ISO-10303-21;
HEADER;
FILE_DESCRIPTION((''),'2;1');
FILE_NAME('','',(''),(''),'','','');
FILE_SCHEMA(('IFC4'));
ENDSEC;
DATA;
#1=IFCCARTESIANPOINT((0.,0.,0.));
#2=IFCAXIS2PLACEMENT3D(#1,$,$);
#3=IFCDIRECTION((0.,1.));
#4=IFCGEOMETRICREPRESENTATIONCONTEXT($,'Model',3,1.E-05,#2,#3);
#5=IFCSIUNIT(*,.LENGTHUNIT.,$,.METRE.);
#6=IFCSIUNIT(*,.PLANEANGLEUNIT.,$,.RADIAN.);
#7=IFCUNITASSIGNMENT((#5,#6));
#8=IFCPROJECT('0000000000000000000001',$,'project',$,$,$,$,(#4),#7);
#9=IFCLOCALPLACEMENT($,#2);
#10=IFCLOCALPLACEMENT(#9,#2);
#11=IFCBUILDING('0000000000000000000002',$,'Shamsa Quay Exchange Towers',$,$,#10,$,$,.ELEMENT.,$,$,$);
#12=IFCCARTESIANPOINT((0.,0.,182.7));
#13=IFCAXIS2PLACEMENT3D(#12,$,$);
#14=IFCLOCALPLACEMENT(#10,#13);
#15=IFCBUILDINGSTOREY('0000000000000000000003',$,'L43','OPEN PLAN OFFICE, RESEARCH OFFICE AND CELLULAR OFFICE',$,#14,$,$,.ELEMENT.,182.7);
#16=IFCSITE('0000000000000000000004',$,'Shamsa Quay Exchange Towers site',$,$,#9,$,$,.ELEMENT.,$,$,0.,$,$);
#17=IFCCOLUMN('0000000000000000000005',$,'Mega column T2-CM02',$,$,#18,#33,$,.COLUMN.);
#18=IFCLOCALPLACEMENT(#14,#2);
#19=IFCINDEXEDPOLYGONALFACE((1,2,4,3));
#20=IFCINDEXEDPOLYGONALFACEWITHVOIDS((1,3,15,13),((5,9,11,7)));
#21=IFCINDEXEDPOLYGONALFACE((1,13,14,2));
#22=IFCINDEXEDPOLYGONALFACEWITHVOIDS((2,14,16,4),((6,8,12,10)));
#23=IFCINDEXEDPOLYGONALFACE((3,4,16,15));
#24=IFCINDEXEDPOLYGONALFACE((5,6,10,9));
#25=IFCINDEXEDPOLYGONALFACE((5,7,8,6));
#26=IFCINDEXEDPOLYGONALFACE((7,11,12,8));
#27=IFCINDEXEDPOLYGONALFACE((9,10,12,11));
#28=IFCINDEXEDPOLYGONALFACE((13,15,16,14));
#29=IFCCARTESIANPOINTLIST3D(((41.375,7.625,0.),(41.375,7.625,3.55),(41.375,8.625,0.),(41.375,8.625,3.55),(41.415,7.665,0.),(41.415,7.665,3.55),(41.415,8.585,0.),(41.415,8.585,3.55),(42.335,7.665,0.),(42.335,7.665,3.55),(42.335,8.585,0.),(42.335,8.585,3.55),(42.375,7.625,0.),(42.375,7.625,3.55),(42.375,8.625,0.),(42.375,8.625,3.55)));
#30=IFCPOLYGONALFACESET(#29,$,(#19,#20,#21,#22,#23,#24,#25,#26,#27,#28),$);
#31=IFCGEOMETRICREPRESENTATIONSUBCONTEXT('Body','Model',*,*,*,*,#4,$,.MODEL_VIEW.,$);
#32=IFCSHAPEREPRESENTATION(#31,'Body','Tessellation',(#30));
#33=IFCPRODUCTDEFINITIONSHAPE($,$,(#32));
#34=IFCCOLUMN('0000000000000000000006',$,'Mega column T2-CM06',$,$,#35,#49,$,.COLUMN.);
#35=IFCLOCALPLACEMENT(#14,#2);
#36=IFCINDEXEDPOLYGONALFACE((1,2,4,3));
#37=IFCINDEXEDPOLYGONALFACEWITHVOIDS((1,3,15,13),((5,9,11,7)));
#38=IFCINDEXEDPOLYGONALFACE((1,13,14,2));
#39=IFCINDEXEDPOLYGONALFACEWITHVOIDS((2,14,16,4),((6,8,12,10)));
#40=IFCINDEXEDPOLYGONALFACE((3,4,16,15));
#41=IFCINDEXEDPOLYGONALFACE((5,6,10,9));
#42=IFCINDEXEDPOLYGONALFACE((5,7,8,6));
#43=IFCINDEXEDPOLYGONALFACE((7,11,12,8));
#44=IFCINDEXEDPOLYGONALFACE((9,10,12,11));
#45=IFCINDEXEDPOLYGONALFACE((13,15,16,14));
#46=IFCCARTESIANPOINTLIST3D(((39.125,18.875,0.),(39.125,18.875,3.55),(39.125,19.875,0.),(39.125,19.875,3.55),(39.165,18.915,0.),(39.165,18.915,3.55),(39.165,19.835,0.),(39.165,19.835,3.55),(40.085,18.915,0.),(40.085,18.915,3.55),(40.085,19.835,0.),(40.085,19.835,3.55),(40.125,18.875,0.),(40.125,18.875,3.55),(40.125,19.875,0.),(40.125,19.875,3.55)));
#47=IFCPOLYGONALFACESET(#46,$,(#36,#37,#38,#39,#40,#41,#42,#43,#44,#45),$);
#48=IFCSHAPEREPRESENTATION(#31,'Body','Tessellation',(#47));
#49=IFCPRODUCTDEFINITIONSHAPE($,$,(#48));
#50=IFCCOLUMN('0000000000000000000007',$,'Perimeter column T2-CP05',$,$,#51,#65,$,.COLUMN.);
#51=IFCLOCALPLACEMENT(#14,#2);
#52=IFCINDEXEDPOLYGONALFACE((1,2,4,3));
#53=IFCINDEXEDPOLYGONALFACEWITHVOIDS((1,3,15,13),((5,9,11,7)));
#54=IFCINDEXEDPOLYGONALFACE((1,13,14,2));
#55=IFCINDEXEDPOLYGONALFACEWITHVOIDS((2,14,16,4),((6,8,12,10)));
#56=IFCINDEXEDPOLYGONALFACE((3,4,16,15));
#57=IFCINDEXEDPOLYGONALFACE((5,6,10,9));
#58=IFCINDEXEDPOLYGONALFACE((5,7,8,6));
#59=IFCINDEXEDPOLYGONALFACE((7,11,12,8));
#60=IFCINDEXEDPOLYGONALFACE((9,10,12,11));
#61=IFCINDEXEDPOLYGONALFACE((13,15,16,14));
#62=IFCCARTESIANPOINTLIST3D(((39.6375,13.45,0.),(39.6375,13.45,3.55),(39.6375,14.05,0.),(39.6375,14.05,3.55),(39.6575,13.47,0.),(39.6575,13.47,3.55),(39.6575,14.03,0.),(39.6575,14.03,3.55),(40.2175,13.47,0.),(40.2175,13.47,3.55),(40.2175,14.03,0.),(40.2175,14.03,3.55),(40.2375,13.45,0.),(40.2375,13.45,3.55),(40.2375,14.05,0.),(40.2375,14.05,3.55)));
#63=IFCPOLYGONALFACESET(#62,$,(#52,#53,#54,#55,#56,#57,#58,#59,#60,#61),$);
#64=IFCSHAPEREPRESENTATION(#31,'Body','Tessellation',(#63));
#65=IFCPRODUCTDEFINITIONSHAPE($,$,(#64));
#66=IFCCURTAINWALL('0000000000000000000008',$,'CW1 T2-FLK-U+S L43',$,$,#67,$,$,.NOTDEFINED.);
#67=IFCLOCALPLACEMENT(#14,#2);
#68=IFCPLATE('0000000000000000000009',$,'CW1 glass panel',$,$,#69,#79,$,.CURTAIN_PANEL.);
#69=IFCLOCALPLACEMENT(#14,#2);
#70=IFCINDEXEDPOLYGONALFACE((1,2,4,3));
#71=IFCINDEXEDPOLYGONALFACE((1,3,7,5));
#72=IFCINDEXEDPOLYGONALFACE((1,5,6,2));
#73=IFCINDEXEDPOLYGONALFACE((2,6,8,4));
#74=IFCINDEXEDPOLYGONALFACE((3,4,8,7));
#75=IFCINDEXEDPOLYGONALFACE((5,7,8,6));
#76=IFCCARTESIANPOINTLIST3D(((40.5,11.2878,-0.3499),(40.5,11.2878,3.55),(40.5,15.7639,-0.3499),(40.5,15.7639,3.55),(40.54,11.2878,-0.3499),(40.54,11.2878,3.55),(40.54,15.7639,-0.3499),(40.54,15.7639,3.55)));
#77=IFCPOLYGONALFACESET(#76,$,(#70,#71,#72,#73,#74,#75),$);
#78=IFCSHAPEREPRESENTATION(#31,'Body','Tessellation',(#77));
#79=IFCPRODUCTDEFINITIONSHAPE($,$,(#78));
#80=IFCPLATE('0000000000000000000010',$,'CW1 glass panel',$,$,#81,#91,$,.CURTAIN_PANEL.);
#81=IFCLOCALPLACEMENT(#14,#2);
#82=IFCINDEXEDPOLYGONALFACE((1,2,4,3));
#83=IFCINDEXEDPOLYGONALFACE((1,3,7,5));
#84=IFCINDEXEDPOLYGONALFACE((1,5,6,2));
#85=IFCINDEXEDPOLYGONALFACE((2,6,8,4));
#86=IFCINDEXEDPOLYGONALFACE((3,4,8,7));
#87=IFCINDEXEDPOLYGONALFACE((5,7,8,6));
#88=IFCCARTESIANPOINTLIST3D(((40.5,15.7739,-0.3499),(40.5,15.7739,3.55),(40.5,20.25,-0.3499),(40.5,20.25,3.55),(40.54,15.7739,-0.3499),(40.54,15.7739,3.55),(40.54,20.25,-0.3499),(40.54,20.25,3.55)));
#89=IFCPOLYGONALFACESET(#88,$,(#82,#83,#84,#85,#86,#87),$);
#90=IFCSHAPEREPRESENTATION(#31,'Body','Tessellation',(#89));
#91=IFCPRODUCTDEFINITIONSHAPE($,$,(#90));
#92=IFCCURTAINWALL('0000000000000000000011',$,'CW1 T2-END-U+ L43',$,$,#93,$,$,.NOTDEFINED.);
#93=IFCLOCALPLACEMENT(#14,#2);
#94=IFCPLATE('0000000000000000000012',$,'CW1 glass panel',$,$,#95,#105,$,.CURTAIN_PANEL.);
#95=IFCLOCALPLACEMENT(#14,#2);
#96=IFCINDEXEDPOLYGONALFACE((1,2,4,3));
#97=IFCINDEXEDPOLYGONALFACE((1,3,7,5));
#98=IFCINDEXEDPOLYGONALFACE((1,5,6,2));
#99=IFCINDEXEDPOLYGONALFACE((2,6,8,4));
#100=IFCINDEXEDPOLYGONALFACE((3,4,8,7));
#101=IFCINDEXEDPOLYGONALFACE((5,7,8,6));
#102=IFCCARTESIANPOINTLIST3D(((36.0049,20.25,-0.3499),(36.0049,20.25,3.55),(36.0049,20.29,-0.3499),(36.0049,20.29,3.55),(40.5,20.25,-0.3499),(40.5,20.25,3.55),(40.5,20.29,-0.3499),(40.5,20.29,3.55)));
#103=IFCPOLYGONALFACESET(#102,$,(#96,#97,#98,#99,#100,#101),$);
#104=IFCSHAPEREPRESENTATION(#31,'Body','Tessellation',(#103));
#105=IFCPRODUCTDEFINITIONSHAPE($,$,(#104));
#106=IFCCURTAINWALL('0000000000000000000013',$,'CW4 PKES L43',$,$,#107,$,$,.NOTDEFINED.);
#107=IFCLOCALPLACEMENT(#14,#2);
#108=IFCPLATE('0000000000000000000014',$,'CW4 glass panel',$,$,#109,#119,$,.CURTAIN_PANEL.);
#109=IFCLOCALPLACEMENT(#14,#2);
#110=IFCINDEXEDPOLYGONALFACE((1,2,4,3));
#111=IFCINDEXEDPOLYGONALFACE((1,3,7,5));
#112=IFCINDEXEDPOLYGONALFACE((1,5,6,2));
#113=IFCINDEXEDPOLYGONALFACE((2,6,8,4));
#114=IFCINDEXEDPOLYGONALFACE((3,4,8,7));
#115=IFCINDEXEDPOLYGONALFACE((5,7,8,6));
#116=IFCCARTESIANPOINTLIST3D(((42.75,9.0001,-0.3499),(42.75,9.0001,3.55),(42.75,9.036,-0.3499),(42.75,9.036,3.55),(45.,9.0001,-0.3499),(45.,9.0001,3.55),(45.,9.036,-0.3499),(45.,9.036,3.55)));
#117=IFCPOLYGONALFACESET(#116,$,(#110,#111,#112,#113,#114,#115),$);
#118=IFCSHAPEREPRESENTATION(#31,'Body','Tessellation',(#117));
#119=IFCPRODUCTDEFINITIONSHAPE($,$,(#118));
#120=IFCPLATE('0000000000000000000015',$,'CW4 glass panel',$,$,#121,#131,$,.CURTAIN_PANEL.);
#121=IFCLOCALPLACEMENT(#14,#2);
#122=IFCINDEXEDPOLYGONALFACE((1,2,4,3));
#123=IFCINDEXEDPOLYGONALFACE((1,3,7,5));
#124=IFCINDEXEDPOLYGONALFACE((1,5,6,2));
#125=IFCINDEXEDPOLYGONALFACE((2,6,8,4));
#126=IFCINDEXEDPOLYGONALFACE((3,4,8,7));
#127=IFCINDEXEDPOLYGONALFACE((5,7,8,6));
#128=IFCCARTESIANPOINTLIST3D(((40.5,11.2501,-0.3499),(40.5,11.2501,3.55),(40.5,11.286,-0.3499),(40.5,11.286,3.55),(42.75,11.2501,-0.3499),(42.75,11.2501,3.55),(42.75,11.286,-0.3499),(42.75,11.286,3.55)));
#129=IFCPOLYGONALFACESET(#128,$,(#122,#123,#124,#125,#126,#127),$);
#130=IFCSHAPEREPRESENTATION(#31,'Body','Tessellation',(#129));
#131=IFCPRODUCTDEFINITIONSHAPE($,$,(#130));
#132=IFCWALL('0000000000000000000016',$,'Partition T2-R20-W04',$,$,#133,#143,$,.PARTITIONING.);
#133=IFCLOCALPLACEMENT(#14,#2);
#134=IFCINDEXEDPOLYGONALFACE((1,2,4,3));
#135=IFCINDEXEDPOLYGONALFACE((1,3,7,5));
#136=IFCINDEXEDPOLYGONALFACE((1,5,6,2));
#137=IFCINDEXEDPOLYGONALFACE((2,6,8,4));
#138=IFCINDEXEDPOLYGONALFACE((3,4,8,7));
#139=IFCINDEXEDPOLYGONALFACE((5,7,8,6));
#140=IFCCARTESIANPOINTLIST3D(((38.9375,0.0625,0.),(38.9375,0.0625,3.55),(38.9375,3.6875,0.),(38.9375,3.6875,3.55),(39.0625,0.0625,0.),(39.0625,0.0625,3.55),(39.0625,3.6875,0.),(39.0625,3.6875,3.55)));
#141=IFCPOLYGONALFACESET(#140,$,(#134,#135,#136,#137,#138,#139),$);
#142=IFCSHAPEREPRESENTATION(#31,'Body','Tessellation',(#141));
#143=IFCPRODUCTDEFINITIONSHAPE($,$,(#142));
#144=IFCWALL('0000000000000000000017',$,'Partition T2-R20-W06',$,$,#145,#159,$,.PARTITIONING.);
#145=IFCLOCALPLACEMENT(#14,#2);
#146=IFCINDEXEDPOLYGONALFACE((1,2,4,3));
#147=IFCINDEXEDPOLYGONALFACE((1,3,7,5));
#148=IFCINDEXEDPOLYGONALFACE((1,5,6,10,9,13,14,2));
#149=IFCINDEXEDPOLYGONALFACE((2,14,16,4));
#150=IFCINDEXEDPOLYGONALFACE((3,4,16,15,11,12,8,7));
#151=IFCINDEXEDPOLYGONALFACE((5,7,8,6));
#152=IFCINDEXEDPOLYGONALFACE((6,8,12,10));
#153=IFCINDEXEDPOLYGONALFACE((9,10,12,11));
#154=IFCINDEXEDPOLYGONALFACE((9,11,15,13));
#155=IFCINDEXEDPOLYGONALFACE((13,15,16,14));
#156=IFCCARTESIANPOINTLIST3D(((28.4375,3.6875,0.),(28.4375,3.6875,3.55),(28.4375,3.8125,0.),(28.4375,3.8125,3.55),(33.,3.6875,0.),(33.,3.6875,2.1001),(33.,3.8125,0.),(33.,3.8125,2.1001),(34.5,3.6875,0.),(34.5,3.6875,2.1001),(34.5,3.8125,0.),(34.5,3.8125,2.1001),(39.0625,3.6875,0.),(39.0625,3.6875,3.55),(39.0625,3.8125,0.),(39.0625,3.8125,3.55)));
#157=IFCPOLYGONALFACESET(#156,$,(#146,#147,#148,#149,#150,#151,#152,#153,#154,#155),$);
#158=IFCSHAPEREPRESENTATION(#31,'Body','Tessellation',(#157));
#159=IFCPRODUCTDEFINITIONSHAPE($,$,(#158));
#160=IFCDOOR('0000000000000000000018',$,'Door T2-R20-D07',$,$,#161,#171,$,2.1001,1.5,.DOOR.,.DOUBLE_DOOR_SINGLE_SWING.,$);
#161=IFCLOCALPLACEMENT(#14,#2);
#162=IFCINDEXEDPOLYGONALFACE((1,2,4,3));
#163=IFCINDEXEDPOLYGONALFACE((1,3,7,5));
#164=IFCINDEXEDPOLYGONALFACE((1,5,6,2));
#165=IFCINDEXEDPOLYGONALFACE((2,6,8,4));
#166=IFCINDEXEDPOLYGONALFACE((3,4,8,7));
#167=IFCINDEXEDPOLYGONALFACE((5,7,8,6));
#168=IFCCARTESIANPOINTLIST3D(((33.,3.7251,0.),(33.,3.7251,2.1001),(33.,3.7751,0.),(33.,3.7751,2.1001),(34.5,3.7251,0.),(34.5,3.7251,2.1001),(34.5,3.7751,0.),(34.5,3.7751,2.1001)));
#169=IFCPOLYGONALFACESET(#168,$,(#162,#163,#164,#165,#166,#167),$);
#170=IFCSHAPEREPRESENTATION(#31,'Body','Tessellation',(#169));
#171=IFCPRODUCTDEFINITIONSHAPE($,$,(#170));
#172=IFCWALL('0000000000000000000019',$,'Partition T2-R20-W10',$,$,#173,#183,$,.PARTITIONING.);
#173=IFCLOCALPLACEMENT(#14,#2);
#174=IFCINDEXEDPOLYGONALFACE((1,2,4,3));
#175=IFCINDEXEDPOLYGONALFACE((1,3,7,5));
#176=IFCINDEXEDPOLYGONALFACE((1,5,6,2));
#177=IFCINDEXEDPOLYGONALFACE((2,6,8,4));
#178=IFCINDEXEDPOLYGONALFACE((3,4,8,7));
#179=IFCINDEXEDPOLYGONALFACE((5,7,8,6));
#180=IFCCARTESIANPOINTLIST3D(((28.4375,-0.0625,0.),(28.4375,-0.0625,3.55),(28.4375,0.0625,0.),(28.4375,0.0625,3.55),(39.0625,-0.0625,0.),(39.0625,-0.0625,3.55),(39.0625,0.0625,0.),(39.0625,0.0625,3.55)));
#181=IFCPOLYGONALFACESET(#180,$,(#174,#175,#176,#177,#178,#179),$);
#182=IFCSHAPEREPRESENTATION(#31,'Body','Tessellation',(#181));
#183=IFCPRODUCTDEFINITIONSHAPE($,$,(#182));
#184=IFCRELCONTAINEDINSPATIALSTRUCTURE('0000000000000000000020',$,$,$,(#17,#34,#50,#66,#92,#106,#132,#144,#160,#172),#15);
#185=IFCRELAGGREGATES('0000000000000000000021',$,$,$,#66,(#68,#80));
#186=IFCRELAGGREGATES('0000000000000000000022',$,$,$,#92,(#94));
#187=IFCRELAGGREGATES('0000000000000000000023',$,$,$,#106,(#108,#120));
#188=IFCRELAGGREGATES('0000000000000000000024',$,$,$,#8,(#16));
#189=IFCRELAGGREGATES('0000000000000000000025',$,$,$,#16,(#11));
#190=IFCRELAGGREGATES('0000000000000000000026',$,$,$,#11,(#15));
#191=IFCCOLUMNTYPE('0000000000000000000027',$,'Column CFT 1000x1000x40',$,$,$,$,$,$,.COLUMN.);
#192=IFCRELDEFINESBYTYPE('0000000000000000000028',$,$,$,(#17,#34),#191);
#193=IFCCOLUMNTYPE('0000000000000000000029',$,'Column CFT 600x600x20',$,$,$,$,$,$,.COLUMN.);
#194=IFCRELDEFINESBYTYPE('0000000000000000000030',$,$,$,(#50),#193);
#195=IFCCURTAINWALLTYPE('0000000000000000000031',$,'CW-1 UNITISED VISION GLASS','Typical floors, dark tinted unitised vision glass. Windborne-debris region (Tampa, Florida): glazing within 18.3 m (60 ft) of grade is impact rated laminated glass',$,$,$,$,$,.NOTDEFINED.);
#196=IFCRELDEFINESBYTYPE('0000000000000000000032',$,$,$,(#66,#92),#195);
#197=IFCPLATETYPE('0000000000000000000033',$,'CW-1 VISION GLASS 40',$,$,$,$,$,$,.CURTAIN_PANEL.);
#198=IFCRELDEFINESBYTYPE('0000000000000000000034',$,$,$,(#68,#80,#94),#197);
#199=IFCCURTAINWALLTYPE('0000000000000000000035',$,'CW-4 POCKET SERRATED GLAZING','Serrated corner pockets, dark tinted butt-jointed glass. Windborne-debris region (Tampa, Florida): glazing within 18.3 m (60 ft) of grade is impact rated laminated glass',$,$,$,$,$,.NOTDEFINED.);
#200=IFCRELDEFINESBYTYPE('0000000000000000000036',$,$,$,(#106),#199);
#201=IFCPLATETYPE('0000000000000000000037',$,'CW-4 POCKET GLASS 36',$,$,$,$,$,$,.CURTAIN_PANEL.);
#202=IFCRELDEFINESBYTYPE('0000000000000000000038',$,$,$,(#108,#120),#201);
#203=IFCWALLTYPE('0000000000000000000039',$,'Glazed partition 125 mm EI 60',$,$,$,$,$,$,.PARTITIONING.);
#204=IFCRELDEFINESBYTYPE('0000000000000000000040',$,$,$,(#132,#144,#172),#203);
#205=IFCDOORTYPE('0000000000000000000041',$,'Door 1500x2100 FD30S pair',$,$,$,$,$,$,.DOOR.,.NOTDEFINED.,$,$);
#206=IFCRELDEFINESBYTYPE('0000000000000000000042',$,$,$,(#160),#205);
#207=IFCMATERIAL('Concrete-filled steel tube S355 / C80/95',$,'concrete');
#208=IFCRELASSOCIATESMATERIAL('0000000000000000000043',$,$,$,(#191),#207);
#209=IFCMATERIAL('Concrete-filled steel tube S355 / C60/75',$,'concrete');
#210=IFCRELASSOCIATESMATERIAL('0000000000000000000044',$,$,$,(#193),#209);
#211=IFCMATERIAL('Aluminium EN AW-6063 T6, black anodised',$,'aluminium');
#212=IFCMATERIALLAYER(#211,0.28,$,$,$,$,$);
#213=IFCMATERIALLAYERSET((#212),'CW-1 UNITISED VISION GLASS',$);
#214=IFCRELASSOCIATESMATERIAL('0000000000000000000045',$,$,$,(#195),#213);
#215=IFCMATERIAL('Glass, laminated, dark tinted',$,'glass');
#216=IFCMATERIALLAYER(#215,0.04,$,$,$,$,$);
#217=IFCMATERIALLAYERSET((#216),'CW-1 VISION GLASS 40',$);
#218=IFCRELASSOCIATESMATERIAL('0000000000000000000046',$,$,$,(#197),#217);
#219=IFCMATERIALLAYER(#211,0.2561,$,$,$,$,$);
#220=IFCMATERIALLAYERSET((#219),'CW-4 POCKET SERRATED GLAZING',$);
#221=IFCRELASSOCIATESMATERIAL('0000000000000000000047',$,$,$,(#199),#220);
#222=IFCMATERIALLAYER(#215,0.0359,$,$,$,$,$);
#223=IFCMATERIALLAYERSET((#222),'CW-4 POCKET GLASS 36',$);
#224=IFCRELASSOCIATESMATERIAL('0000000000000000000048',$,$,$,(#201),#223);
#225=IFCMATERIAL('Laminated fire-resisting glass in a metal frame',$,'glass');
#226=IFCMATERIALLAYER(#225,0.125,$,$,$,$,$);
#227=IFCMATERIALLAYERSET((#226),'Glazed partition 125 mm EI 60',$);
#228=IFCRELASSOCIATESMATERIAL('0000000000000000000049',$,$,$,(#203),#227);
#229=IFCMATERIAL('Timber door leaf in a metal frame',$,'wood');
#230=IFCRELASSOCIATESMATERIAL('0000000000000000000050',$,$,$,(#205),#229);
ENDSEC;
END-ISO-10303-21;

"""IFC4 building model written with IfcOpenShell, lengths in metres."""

from ifc_helpers import new_model, si_unit, direction, frame, frame_2d, origin, origin_2d, place, context, subcontext, project, spatial, rectangle, hollow_rectangle, extrude, material, layer, layer_set, material_profile, profile_set, type_object, element, fill, aggregate, save


model = new_model("IFC4")

# Units and contexts
model_context = context("Model", 3, precision=1e-05, world=origin(), true_north=direction((0.0, 1.0)))
body_context = subcontext(model_context, "Body", "Model", "MODEL_VIEW")
ifc_project = project(units=[si_unit("LENGTHUNIT", "METRE"), si_unit("PLANEANGLEUNIT", "RADIAN")], contexts=[model_context])

# Site, building, storey
site_placement = place(None, origin())
site = spatial("IfcSite", under=ifc_project, at=site_placement, Name="Shamsa Quay Exchange Towers site", CompositionType="ELEMENT", RefElevation=0.0)
building_placement = place(site_placement, origin())
building = spatial("IfcBuilding", under=site, at=building_placement, Name="Shamsa Quay Exchange Towers", CompositionType="ELEMENT")
storey_placement = place(building_placement, frame((0.0, 0.0, 182.7)))
storey = spatial("IfcBuildingStorey", under=building, at=storey_placement, Name="L43", Description="OPEN PLAN OFFICE, RESEARCH OFFICE AND CELLULAR OFFICE", CompositionType="ELEMENT", Elevation=182.7)

# Columns
ifc_material_1 = material(Name="Concrete-filled steel tube S355 / C80/95", Category="concrete")
ifc_material_profile_1 = material_profile(ifc_material_1, hollow_rectangle(XDim=1.0, YDim=1.0, WallThickness=0.04, at=origin_2d()), Name="CFT 1000x1000x40")
ifc_profile_set_1 = profile_set([ifc_material_profile_1], Name="Concrete-filled steel tube S355 / C80/95")
column_type_1 = type_object("IfcColumnType", Name="Column CFT 1000x1000x40", PredefinedType="COLUMN", material=ifc_profile_set_1)
for number, where, name in (
    (1, (41.875, 8.125, 0.0), "Mega column T2-CM02"),
    (2, (39.625, 19.375, 0.0), "Mega column T2-CM06"),
):
    element("IfcColumn", number, at=place(storey_placement, frame(where)), inside=storey, type_object=column_type_1, Name=name, PredefinedType="COLUMN", context=body_context, shape_type="SweptSolid", body=[
        extrude(hollow_rectangle(XDim=1.0, YDim=1.0, WallThickness=0.04, at=origin_2d()), origin(), (0.0, 0.0, 1.0), 3.55),
    ])
ifc_material_2 = material(Name="Concrete-filled steel tube S355 / C60/75", Category="concrete")
ifc_material_profile_2 = material_profile(ifc_material_2, hollow_rectangle(XDim=0.6001, YDim=0.6001, WallThickness=0.02, at=origin_2d()), Name="CFT 600x600x20")
ifc_profile_set_2 = profile_set([ifc_material_profile_2], Name="Concrete-filled steel tube S355 / C60/75")
column_type_2 = type_object("IfcColumnType", Name="Column CFT 600x600x20", PredefinedType="COLUMN", material=ifc_profile_set_2)
column_placement = place(storey_placement, frame((39.9375, 13.75, 0.0)))
element("IfcColumn", 3, at=column_placement, inside=storey, type_object=column_type_2, Name="Perimeter column T2-CP05", PredefinedType="COLUMN", context=body_context, shape_type="SweptSolid", body=[
    extrude(hollow_rectangle(XDim=0.6001, YDim=0.6001, WallThickness=0.02, at=origin_2d()), origin(), (0.0, 0.0, 1.0), 3.55),
])

# Curtain wall, plates
ifc_material_3 = material(Name="Aluminium EN AW-6063 T6, black anodised", Category="aluminium")
ifc_layer_1 = layer(ifc_material_3, 0.28)
ifc_layer_set_1 = layer_set([ifc_layer_1], Name="CW-1 UNITISED VISION GLASS")
curtain_wall_type_1 = type_object("IfcCurtainWallType", Name="CW-1 UNITISED VISION GLASS", Description="Typical floors, dark tinted unitised vision glass. Windborne-debris region (Tampa, Florida): glazing within 18.3 m (60 ft) of grade is impact rated laminated glass", PredefinedType="NOTDEFINED", material=ifc_layer_set_1)
curtain_wall_1_placement = place(storey_placement, origin())
curtain_wall_1 = element("IfcCurtainWall", 4, at=curtain_wall_1_placement, inside=storey, type_object=curtain_wall_type_1, Name="CW1 T2-FLK-U+S L43", PredefinedType="NOTDEFINED")
ifc_material_4 = material(Name="Glass, laminated, dark tinted", Category="glass")
ifc_layer_2 = layer(ifc_material_4, 0.04)
ifc_layer_set_2 = layer_set([ifc_layer_2], Name="CW-1 VISION GLASS 40")
plate_type_1 = type_object("IfcPlateType", Name="CW-1 VISION GLASS 40", PredefinedType="CURTAIN_PANEL", material=ifc_layer_set_2)
plate_1_placement = place(storey_placement, frame((40.52, 13.5259, -0.3499), z_axis=(0.0, 0.0, 1.0), x_axis=(0.0, 1.0, 0.0)))
plate_1 = element("IfcPlate", 5, at=plate_1_placement, type_object=plate_type_1, Name="CW1 glass panel", PredefinedType="CURTAIN_PANEL", context=body_context, shape_type="SweptSolid", body=[
    extrude(rectangle(XDim=4.4761, YDim=0.04, at=origin_2d()), origin(), (0.0, 0.0, 1.0), 3.8999),
])
plate_2_placement = place(storey_placement, frame((40.52, 18.012, -0.3499), z_axis=(0.0, 0.0, 1.0), x_axis=(0.0, 1.0, 0.0)))
plate_2 = element("IfcPlate", 6, at=plate_2_placement, type_object=plate_type_1, Name="CW1 glass panel", PredefinedType="CURTAIN_PANEL", context=body_context, shape_type="SweptSolid", body=[
    extrude(rectangle(XDim=4.4761, YDim=0.04, at=origin_2d()), origin(), (0.0, 0.0, 1.0), 3.8999),
])
aggregate(curtain_wall_1, [plate_1, plate_2])

# Curtain wall, plate
curtain_wall_2_placement = place(storey_placement, origin())
curtain_wall_2 = element("IfcCurtainWall", 7, at=curtain_wall_2_placement, inside=storey, type_object=curtain_wall_type_1, Name="CW1 T2-END-U+ L43", PredefinedType="NOTDEFINED")
plate_3_placement = place(storey_placement, frame((38.2524, 20.27, -0.3499), z_axis=(0.0, 0.0, 1.0), x_axis=(-1.0, 0.0, 0.0)))
plate_3 = element("IfcPlate", 8, at=plate_3_placement, type_object=plate_type_1, Name="CW1 glass panel", PredefinedType="CURTAIN_PANEL", context=body_context, shape_type="SweptSolid", body=[
    extrude(rectangle(XDim=4.4951, YDim=0.04, at=origin_2d()), origin(), (0.0, 0.0, 1.0), 3.8999),
])
aggregate(curtain_wall_2, [plate_3])

# Curtain wall, plates
ifc_layer_3 = layer(ifc_material_3, 0.2561)
ifc_layer_set_3 = layer_set([ifc_layer_3], Name="CW-4 POCKET SERRATED GLAZING")
curtain_wall_type_2 = type_object("IfcCurtainWallType", Name="CW-4 POCKET SERRATED GLAZING", Description="Serrated corner pockets, dark tinted butt-jointed glass. Windborne-debris region (Tampa, Florida): glazing within 18.3 m (60 ft) of grade is impact rated laminated glass", PredefinedType="NOTDEFINED", material=ifc_layer_set_3)
curtain_wall_3_placement = place(storey_placement, origin())
curtain_wall_3 = element("IfcCurtainWall", 9, at=curtain_wall_3_placement, inside=storey, type_object=curtain_wall_type_2, Name="CW4 PKES L43", PredefinedType="NOTDEFINED")
ifc_layer_4 = layer(ifc_material_4, 0.0359)
ifc_layer_set_4 = layer_set([ifc_layer_4], Name="CW-4 POCKET GLASS 36")
plate_type_2 = type_object("IfcPlateType", Name="CW-4 POCKET GLASS 36", PredefinedType="CURTAIN_PANEL", material=ifc_layer_set_4)
plate_4_placement = place(storey_placement, frame((43.875, 9.0181, -0.3499), z_axis=(0.0, 0.0, 1.0), x_axis=(-1.0, 0.0, 0.0)))
plate_4 = element("IfcPlate", 10, at=plate_4_placement, type_object=plate_type_2, Name="CW4 glass panel", PredefinedType="CURTAIN_PANEL", context=body_context, shape_type="SweptSolid", body=[
    extrude(rectangle(XDim=2.25, YDim=0.0359, at=origin_2d()), origin(), (0.0, 0.0, 1.0), 3.8999),
])
plate_5_placement = place(storey_placement, frame((41.625, 11.2681, -0.3499), z_axis=(0.0, 0.0, 1.0), x_axis=(-1.0, 0.0, 0.0)))
plate_5 = element("IfcPlate", 11, at=plate_5_placement, type_object=plate_type_2, Name="CW4 glass panel", PredefinedType="CURTAIN_PANEL", context=body_context, shape_type="SweptSolid", body=[
    extrude(rectangle(XDim=2.25, YDim=0.0359, at=origin_2d()), origin(), (0.0, 0.0, 1.0), 3.8999),
])
aggregate(curtain_wall_3, [plate_4, plate_5])

# Wall
ifc_material_5 = material(Name="Laminated fire-resisting glass in a metal frame", Category="glass")
ifc_layer_5 = layer(ifc_material_5, 0.125)
ifc_layer_set_5 = layer_set([ifc_layer_5], Name="Glazed partition 125 mm EI 60")
wall_type_1 = type_object("IfcWallType", Name="Glazed partition 125 mm EI 60", PredefinedType="PARTITIONING", material=ifc_layer_set_5)
wall_1_placement = place(storey_placement, frame((39.0, 0.0625, 0.0), z_axis=(0.0, 0.0, 1.0), x_axis=(0.0, 1.0, 0.0)))
element("IfcWall", 12, at=wall_1_placement, inside=storey, type_object=wall_type_1, Name="Partition T2-R20-W04", PredefinedType="PARTITIONING", context=body_context, shape_type="SweptSolid", body=[
    extrude(rectangle(XDim=3.625, YDim=0.125, at=frame_2d((1.8125, 0.0))), origin(), (0.0, 0.0, 1.0), 3.55),
])

# Wall, opening, door
wall_2_placement = place(storey_placement, frame((39.0625, 3.75, 0.0), z_axis=(0.0, 0.0, 1.0), x_axis=(-1.0, 0.0, 0.0)))
wall_2 = element("IfcWall", 13, at=wall_2_placement, inside=storey, type_object=wall_type_1, Name="Partition T2-R20-W06", PredefinedType="PARTITIONING", context=body_context, shape_type="SweptSolid", body=[
    extrude(rectangle(XDim=10.625, YDim=0.125, at=frame_2d((5.3125, 0.0))), origin(), (0.0, 0.0, 1.0), 3.55),
])
opening_1_placement = place(wall_2_placement, frame((4.5625, 0.0, 0.0)))
opening_1 = element("IfcOpeningElement", 14, at=opening_1_placement, cuts=wall_2, PredefinedType="OPENING", context=body_context, shape_type="SweptSolid", body=[
    extrude(rectangle(XDim=1.5, YDim=2.1001, at=frame_2d((0.75, 1.05))), frame((0.0, 0.0725, 0.0), z_axis=(0.0, -1.0, 0.0), x_axis=(1.0, 0.0, 0.0)), (0.0, 0.0, 1.0), 0.145),
])
ifc_material_6 = material(Name="Timber door leaf in a metal frame", Category="wood")
door_type_1 = type_object("IfcDoorType", Name="Door 1500x2100 FD30S pair", OperationType="NOTDEFINED", PredefinedType="DOOR", material=ifc_material_6)
door_1_placement = place(opening_1_placement, origin())
door_1 = element("IfcDoor", 15, at=door_1_placement, inside=storey, type_object=door_type_1, Name="Door T2-R20-D07", OperationType="DOUBLE_DOOR_SINGLE_SWING", OverallHeight=2.1001, OverallWidth=1.5, PredefinedType="DOOR", context=body_context, shape_type="SweptSolid", body=[
    extrude(rectangle(XDim=1.5, YDim=2.1001, at=frame_2d((0.75, 1.05))), frame((0.0, 0.0249, 0.0), z_axis=(0.0, -1.0, 0.0), x_axis=(1.0, 0.0, 0.0)), (0.0, 0.0, 1.0), 0.05),
])
fill(opening_1, door_1)

# Wall
wall_3_placement = place(storey_placement, frame((39.0625, 0.0, 0.0), z_axis=(0.0, 0.0, 1.0), x_axis=(-1.0, 0.0, 0.0)))
element("IfcWall", 16, at=wall_3_placement, inside=storey, type_object=wall_type_1, Name="Partition T2-R20-W10", PredefinedType="PARTITIONING", context=body_context, shape_type="SweptSolid", body=[
    extrude(rectangle(XDim=10.625, YDim=0.125, at=frame_2d((5.3125, 0.0))), origin(), (0.0, 0.0, 1.0), 3.55),
])

save(model, "model.ifc")
